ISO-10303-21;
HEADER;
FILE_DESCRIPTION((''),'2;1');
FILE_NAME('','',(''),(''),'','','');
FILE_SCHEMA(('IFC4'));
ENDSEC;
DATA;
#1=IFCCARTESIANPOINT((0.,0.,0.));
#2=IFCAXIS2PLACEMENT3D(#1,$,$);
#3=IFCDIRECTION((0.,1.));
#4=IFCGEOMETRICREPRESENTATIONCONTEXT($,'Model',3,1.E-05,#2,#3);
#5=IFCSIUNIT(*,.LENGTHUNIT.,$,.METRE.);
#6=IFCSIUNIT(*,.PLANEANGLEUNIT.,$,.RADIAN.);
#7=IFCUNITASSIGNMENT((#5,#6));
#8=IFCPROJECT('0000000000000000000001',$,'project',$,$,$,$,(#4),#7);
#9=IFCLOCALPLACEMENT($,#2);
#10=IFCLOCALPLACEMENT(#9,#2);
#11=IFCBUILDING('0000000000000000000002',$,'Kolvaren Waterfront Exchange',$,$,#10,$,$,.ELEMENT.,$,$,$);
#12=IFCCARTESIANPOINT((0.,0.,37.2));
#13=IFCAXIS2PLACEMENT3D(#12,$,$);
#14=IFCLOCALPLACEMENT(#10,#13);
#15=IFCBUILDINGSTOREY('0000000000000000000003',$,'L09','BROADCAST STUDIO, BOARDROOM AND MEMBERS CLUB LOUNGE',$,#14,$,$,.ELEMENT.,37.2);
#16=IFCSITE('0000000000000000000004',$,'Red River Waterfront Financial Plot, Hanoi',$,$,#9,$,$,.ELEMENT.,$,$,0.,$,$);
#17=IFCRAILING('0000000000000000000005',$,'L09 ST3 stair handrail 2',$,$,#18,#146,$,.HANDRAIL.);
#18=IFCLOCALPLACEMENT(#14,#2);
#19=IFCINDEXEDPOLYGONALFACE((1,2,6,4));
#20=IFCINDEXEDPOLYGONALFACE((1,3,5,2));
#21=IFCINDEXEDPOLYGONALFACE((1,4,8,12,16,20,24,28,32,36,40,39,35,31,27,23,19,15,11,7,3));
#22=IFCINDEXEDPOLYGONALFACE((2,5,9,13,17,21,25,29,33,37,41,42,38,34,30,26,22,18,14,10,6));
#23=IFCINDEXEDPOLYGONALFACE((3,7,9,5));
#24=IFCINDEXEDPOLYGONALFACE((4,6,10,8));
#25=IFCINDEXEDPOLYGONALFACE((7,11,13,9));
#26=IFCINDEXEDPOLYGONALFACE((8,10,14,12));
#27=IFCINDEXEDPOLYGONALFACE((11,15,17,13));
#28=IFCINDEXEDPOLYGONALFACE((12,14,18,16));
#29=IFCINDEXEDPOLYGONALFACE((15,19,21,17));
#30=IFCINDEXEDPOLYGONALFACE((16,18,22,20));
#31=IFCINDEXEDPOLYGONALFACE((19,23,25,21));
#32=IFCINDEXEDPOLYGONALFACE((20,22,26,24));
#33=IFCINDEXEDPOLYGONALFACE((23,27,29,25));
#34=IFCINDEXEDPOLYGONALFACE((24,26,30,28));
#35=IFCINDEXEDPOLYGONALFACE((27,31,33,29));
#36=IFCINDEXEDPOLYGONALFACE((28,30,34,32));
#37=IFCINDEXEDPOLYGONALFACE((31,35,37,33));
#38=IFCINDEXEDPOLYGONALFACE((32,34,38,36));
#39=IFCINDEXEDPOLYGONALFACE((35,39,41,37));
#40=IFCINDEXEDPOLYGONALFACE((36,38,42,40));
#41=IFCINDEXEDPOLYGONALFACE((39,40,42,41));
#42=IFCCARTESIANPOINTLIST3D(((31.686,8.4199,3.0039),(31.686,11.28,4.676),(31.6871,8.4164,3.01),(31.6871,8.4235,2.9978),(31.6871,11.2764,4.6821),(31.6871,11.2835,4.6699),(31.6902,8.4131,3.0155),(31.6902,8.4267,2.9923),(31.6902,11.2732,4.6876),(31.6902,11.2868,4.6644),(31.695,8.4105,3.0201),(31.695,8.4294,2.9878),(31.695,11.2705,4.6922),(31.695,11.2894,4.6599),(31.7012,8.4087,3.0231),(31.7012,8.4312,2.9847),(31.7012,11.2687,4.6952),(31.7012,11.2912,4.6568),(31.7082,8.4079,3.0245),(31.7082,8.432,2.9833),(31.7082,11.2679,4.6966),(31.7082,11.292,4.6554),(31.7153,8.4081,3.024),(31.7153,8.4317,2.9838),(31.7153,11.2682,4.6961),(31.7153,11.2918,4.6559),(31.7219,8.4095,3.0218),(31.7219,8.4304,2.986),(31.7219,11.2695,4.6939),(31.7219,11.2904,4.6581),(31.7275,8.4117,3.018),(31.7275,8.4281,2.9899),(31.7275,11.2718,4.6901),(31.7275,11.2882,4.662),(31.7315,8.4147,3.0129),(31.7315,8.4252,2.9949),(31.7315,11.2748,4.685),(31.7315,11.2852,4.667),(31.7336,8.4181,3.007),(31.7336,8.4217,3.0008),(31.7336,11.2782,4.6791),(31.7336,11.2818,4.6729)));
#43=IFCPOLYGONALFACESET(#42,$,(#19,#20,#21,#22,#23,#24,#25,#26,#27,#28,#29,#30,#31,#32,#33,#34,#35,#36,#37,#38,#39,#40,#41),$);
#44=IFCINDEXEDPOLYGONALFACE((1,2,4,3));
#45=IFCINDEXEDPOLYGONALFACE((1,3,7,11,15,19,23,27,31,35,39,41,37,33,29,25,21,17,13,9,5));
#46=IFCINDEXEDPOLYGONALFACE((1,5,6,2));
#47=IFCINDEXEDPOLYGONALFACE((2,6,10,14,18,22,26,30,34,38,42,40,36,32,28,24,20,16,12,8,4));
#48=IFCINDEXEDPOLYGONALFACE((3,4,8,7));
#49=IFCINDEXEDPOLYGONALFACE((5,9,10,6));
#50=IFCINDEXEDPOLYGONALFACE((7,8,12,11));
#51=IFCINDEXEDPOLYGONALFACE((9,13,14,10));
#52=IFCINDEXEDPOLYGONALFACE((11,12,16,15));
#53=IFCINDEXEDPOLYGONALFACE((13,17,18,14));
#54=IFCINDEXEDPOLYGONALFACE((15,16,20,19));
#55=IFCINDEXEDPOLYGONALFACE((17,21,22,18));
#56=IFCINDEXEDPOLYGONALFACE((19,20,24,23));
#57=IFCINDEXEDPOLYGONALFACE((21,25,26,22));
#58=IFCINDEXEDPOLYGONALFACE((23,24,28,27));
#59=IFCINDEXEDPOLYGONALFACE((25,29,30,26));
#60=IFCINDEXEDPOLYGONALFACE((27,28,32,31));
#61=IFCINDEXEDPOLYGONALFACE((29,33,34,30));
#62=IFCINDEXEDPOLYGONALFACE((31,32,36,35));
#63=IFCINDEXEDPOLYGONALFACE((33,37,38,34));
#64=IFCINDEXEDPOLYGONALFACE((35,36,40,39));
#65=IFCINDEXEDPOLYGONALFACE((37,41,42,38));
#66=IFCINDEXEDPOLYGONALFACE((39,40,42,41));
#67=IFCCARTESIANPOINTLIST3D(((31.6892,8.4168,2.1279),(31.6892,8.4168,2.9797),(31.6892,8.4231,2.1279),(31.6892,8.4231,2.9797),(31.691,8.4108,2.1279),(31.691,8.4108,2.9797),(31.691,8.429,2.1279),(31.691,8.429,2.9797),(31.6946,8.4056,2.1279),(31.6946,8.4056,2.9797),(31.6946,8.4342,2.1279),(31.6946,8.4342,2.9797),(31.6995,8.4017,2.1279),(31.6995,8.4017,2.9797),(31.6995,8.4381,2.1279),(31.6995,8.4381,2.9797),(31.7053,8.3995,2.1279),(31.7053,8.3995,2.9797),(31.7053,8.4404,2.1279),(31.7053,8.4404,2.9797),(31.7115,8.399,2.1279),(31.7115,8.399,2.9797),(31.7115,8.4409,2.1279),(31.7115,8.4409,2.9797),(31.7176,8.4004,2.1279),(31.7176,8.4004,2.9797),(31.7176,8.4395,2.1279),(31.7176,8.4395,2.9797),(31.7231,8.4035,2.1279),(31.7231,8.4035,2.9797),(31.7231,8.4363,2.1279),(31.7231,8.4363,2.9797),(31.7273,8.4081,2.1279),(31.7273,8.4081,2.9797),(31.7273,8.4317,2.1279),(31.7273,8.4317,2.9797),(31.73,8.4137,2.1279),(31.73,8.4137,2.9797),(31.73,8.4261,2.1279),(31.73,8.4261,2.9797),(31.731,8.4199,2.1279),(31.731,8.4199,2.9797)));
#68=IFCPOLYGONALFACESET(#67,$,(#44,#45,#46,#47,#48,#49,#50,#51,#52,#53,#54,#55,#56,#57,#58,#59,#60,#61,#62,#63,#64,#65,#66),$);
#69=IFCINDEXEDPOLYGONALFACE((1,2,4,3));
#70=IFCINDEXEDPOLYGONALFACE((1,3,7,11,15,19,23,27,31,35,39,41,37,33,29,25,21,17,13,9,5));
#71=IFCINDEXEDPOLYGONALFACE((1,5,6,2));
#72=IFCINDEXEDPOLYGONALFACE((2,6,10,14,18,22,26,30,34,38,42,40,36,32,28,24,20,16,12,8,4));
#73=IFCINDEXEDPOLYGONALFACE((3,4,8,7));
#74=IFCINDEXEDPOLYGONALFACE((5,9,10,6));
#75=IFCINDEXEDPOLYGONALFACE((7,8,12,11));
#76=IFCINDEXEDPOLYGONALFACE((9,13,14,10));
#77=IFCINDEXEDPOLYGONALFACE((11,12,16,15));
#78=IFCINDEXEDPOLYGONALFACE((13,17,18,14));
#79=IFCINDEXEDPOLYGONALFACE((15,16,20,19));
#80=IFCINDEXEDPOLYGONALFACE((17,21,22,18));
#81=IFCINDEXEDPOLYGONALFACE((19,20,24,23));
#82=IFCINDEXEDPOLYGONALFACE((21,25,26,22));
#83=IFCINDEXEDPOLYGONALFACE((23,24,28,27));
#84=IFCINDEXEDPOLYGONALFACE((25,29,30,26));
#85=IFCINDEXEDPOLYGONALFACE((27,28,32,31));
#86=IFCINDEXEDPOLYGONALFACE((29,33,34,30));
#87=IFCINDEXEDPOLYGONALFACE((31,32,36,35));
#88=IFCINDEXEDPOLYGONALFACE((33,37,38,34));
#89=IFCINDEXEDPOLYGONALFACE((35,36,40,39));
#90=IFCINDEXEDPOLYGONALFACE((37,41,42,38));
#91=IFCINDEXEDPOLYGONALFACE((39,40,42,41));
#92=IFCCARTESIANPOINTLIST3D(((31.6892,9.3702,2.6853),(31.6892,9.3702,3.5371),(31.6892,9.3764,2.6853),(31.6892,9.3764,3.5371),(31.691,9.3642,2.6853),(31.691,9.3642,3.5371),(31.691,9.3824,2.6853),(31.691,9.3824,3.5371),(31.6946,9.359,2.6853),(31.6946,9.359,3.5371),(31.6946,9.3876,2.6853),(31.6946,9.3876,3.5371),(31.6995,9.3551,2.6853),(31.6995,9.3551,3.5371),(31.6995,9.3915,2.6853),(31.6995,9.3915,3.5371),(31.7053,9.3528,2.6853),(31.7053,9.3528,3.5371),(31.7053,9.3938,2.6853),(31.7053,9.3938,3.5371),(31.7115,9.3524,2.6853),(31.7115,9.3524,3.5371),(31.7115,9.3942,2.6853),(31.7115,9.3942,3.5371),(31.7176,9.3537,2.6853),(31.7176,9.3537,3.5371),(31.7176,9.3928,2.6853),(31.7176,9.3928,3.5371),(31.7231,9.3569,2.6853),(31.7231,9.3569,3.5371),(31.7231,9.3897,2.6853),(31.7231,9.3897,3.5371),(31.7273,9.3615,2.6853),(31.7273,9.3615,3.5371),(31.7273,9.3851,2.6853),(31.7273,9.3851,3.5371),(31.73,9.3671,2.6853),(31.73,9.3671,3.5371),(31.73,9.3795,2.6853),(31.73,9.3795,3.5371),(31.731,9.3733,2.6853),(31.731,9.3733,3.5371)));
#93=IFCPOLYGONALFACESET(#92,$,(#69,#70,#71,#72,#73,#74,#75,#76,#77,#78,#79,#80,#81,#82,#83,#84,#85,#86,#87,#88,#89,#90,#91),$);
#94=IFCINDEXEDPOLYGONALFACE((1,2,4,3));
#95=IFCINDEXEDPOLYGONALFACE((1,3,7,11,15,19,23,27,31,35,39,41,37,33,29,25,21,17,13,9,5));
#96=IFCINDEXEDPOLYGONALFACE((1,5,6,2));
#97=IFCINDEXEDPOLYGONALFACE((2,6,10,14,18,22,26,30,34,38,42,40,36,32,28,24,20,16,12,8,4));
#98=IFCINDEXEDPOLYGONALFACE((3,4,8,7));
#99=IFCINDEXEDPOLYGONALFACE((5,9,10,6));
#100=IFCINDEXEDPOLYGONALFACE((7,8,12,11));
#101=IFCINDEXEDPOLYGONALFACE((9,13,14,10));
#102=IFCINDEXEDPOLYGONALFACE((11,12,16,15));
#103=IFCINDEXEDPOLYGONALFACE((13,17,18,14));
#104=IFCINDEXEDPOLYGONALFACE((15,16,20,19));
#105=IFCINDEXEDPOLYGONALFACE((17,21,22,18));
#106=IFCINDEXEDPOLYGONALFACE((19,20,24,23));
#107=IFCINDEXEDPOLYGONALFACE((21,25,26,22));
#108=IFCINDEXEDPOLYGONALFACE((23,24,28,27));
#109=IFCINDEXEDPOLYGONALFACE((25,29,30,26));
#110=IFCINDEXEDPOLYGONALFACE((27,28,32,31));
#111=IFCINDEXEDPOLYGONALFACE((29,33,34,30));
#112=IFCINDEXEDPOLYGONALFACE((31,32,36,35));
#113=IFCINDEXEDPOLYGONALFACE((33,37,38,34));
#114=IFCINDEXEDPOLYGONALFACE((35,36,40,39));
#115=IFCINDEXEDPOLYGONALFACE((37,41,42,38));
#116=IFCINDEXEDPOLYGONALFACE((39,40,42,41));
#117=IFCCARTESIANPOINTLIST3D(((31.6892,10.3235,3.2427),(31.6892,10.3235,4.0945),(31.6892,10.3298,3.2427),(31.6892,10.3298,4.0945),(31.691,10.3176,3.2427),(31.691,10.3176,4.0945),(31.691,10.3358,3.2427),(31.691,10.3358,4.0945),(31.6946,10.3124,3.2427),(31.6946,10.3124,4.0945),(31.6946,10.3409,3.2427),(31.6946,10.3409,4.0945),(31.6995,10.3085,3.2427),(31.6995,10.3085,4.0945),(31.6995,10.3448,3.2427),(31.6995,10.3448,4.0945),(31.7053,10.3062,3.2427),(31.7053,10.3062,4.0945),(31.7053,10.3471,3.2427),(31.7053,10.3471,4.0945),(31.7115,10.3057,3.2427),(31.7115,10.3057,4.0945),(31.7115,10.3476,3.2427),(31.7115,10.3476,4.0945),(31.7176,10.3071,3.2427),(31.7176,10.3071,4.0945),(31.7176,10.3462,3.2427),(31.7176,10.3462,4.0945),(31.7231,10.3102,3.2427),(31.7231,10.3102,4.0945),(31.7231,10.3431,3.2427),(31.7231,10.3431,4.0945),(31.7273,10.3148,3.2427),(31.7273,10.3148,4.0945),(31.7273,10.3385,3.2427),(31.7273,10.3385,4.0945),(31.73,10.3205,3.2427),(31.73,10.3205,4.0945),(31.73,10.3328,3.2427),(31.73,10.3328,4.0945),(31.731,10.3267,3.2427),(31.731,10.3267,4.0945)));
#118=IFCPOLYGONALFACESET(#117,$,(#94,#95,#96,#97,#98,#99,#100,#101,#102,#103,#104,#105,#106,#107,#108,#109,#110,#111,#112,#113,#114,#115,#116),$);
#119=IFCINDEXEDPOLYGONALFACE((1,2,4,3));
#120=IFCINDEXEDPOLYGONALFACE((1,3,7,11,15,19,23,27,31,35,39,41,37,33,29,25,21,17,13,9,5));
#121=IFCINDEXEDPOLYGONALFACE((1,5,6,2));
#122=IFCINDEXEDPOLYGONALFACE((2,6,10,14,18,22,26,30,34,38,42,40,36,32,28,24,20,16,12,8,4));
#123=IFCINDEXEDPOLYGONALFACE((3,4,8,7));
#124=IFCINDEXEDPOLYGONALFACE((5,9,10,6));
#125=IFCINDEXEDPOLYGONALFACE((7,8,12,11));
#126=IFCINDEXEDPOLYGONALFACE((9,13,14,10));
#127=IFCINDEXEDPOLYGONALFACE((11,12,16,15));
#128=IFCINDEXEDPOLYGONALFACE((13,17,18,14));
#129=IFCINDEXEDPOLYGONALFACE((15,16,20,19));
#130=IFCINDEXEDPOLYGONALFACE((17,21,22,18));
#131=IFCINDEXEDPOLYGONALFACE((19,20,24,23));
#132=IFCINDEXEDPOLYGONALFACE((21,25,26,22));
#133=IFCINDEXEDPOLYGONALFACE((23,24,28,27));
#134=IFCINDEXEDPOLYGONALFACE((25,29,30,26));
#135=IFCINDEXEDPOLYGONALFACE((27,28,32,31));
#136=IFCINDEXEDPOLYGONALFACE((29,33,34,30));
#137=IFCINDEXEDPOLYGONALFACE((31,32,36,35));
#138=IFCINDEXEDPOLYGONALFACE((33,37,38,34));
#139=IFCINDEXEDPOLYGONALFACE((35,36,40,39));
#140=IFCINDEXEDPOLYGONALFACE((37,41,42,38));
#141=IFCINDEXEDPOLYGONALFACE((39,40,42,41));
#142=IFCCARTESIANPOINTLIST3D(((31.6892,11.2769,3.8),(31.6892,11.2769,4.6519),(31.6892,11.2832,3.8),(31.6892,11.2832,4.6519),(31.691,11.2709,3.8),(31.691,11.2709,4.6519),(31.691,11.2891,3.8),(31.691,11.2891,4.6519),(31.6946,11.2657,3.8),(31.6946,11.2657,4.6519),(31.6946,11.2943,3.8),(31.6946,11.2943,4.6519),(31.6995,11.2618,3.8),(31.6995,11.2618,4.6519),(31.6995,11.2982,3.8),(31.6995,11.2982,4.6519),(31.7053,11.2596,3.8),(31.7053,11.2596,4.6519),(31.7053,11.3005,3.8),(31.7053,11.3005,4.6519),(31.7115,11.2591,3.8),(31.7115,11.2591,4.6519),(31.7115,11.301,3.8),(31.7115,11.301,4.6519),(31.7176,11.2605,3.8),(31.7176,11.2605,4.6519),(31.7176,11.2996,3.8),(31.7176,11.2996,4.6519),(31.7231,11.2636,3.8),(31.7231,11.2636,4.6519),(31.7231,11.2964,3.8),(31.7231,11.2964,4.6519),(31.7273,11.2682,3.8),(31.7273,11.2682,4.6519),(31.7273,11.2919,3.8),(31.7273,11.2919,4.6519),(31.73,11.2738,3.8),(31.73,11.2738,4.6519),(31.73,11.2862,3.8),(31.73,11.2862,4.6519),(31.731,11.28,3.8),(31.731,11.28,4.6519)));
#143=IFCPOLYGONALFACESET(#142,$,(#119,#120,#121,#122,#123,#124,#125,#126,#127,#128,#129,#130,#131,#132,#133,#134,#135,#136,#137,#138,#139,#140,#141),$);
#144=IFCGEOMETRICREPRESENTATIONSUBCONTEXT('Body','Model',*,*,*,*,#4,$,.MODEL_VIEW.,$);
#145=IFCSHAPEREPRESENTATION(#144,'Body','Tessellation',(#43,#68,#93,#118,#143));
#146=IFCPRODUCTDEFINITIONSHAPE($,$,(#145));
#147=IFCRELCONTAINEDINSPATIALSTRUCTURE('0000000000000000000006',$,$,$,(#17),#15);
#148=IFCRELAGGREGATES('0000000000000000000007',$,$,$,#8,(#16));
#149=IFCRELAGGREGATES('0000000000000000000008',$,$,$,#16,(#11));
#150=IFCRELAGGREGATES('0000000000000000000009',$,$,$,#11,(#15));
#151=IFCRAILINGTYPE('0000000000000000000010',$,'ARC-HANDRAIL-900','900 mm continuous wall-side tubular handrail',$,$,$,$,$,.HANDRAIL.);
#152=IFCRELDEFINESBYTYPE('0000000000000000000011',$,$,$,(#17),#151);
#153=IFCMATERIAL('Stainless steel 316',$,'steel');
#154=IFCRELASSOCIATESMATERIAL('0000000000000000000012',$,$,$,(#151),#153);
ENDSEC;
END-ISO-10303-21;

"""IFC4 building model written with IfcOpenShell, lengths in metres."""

from ifc_helpers import new_model, si_unit, direction, frame, origin, origin_2d, place, context, subcontext, project, spatial, circle, extrude, material, type_object, element, save


model = new_model("IFC4")

# Units and contexts
model_context = context("Model", 3, precision=1e-05, world=origin(), true_north=direction((0.0, 1.0)))
body_context = subcontext(model_context, "Body", "Model", "MODEL_VIEW")
ifc_project = project(units=[si_unit("LENGTHUNIT", "METRE"), si_unit("PLANEANGLEUNIT", "RADIAN")], contexts=[model_context])

# Site, building, storey
site_placement = place(None, origin())
site = spatial("IfcSite", under=ifc_project, at=site_placement, Name="Red River Waterfront Financial Plot, Hanoi", CompositionType="ELEMENT", RefElevation=0.0)
building_placement = place(site_placement, origin())
building = spatial("IfcBuilding", under=site, at=building_placement, Name="Kolvaren Waterfront Exchange", CompositionType="ELEMENT")
storey_placement = place(building_placement, frame((0.0, 0.0, 37.2)))
storey = spatial("IfcBuildingStorey", under=building, at=storey_placement, Name="L09", Description="BROADCAST STUDIO, BOARDROOM AND MEMBERS CLUB LOUNGE", CompositionType="ELEMENT", Elevation=37.2)

# Railing
ifc_material_1 = material(Name="Stainless steel 316", Category="steel")
railing_type_1 = type_object("IfcRailingType", Name="ARC-HANDRAIL-900", Description="900 mm continuous wall-side tubular handrail", PredefinedType="HANDRAIL", material=ifc_material_1)
railing_1_placement = place(storey_placement, frame((31.71, 8.4199, 2.1279)))
element("IfcRailing", 1, at=railing_1_placement, inside=storey, type_object=railing_type_1, Name="L09 ST3 stair handrail 2", PredefinedType="HANDRAIL", context=body_context, shape_type="SweptSolid", body=[
    extrude(circle(Radius=0.0239, at=origin_2d()), frame((0.0, 0.0, 0.876), z_axis=(0.0, 0.863289, 0.504709), x_axis=(-1.0, 0.0, 0.0)), (0.0, 0.0, 1.0), 3.313),
    extrude(circle(Radius=0.021, at=origin_2d()), origin(), (0.0, 0.0, 1.0), 0.8518),
    extrude(circle(Radius=0.021, at=origin_2d()), frame((0.0, 0.9534, 0.5574)), (0.0, 0.0, 1.0), 0.8518),
    extrude(circle(Radius=0.021, at=origin_2d()), frame((0.0, 1.9067, 1.1147)), (0.0, 0.0, 1.0), 0.8518),
    extrude(circle(Radius=0.021, at=origin_2d()), frame((0.0, 2.8601, 1.6721)), (0.0, 0.0, 1.0), 0.8518),
])

save(model, "model.ifc")
